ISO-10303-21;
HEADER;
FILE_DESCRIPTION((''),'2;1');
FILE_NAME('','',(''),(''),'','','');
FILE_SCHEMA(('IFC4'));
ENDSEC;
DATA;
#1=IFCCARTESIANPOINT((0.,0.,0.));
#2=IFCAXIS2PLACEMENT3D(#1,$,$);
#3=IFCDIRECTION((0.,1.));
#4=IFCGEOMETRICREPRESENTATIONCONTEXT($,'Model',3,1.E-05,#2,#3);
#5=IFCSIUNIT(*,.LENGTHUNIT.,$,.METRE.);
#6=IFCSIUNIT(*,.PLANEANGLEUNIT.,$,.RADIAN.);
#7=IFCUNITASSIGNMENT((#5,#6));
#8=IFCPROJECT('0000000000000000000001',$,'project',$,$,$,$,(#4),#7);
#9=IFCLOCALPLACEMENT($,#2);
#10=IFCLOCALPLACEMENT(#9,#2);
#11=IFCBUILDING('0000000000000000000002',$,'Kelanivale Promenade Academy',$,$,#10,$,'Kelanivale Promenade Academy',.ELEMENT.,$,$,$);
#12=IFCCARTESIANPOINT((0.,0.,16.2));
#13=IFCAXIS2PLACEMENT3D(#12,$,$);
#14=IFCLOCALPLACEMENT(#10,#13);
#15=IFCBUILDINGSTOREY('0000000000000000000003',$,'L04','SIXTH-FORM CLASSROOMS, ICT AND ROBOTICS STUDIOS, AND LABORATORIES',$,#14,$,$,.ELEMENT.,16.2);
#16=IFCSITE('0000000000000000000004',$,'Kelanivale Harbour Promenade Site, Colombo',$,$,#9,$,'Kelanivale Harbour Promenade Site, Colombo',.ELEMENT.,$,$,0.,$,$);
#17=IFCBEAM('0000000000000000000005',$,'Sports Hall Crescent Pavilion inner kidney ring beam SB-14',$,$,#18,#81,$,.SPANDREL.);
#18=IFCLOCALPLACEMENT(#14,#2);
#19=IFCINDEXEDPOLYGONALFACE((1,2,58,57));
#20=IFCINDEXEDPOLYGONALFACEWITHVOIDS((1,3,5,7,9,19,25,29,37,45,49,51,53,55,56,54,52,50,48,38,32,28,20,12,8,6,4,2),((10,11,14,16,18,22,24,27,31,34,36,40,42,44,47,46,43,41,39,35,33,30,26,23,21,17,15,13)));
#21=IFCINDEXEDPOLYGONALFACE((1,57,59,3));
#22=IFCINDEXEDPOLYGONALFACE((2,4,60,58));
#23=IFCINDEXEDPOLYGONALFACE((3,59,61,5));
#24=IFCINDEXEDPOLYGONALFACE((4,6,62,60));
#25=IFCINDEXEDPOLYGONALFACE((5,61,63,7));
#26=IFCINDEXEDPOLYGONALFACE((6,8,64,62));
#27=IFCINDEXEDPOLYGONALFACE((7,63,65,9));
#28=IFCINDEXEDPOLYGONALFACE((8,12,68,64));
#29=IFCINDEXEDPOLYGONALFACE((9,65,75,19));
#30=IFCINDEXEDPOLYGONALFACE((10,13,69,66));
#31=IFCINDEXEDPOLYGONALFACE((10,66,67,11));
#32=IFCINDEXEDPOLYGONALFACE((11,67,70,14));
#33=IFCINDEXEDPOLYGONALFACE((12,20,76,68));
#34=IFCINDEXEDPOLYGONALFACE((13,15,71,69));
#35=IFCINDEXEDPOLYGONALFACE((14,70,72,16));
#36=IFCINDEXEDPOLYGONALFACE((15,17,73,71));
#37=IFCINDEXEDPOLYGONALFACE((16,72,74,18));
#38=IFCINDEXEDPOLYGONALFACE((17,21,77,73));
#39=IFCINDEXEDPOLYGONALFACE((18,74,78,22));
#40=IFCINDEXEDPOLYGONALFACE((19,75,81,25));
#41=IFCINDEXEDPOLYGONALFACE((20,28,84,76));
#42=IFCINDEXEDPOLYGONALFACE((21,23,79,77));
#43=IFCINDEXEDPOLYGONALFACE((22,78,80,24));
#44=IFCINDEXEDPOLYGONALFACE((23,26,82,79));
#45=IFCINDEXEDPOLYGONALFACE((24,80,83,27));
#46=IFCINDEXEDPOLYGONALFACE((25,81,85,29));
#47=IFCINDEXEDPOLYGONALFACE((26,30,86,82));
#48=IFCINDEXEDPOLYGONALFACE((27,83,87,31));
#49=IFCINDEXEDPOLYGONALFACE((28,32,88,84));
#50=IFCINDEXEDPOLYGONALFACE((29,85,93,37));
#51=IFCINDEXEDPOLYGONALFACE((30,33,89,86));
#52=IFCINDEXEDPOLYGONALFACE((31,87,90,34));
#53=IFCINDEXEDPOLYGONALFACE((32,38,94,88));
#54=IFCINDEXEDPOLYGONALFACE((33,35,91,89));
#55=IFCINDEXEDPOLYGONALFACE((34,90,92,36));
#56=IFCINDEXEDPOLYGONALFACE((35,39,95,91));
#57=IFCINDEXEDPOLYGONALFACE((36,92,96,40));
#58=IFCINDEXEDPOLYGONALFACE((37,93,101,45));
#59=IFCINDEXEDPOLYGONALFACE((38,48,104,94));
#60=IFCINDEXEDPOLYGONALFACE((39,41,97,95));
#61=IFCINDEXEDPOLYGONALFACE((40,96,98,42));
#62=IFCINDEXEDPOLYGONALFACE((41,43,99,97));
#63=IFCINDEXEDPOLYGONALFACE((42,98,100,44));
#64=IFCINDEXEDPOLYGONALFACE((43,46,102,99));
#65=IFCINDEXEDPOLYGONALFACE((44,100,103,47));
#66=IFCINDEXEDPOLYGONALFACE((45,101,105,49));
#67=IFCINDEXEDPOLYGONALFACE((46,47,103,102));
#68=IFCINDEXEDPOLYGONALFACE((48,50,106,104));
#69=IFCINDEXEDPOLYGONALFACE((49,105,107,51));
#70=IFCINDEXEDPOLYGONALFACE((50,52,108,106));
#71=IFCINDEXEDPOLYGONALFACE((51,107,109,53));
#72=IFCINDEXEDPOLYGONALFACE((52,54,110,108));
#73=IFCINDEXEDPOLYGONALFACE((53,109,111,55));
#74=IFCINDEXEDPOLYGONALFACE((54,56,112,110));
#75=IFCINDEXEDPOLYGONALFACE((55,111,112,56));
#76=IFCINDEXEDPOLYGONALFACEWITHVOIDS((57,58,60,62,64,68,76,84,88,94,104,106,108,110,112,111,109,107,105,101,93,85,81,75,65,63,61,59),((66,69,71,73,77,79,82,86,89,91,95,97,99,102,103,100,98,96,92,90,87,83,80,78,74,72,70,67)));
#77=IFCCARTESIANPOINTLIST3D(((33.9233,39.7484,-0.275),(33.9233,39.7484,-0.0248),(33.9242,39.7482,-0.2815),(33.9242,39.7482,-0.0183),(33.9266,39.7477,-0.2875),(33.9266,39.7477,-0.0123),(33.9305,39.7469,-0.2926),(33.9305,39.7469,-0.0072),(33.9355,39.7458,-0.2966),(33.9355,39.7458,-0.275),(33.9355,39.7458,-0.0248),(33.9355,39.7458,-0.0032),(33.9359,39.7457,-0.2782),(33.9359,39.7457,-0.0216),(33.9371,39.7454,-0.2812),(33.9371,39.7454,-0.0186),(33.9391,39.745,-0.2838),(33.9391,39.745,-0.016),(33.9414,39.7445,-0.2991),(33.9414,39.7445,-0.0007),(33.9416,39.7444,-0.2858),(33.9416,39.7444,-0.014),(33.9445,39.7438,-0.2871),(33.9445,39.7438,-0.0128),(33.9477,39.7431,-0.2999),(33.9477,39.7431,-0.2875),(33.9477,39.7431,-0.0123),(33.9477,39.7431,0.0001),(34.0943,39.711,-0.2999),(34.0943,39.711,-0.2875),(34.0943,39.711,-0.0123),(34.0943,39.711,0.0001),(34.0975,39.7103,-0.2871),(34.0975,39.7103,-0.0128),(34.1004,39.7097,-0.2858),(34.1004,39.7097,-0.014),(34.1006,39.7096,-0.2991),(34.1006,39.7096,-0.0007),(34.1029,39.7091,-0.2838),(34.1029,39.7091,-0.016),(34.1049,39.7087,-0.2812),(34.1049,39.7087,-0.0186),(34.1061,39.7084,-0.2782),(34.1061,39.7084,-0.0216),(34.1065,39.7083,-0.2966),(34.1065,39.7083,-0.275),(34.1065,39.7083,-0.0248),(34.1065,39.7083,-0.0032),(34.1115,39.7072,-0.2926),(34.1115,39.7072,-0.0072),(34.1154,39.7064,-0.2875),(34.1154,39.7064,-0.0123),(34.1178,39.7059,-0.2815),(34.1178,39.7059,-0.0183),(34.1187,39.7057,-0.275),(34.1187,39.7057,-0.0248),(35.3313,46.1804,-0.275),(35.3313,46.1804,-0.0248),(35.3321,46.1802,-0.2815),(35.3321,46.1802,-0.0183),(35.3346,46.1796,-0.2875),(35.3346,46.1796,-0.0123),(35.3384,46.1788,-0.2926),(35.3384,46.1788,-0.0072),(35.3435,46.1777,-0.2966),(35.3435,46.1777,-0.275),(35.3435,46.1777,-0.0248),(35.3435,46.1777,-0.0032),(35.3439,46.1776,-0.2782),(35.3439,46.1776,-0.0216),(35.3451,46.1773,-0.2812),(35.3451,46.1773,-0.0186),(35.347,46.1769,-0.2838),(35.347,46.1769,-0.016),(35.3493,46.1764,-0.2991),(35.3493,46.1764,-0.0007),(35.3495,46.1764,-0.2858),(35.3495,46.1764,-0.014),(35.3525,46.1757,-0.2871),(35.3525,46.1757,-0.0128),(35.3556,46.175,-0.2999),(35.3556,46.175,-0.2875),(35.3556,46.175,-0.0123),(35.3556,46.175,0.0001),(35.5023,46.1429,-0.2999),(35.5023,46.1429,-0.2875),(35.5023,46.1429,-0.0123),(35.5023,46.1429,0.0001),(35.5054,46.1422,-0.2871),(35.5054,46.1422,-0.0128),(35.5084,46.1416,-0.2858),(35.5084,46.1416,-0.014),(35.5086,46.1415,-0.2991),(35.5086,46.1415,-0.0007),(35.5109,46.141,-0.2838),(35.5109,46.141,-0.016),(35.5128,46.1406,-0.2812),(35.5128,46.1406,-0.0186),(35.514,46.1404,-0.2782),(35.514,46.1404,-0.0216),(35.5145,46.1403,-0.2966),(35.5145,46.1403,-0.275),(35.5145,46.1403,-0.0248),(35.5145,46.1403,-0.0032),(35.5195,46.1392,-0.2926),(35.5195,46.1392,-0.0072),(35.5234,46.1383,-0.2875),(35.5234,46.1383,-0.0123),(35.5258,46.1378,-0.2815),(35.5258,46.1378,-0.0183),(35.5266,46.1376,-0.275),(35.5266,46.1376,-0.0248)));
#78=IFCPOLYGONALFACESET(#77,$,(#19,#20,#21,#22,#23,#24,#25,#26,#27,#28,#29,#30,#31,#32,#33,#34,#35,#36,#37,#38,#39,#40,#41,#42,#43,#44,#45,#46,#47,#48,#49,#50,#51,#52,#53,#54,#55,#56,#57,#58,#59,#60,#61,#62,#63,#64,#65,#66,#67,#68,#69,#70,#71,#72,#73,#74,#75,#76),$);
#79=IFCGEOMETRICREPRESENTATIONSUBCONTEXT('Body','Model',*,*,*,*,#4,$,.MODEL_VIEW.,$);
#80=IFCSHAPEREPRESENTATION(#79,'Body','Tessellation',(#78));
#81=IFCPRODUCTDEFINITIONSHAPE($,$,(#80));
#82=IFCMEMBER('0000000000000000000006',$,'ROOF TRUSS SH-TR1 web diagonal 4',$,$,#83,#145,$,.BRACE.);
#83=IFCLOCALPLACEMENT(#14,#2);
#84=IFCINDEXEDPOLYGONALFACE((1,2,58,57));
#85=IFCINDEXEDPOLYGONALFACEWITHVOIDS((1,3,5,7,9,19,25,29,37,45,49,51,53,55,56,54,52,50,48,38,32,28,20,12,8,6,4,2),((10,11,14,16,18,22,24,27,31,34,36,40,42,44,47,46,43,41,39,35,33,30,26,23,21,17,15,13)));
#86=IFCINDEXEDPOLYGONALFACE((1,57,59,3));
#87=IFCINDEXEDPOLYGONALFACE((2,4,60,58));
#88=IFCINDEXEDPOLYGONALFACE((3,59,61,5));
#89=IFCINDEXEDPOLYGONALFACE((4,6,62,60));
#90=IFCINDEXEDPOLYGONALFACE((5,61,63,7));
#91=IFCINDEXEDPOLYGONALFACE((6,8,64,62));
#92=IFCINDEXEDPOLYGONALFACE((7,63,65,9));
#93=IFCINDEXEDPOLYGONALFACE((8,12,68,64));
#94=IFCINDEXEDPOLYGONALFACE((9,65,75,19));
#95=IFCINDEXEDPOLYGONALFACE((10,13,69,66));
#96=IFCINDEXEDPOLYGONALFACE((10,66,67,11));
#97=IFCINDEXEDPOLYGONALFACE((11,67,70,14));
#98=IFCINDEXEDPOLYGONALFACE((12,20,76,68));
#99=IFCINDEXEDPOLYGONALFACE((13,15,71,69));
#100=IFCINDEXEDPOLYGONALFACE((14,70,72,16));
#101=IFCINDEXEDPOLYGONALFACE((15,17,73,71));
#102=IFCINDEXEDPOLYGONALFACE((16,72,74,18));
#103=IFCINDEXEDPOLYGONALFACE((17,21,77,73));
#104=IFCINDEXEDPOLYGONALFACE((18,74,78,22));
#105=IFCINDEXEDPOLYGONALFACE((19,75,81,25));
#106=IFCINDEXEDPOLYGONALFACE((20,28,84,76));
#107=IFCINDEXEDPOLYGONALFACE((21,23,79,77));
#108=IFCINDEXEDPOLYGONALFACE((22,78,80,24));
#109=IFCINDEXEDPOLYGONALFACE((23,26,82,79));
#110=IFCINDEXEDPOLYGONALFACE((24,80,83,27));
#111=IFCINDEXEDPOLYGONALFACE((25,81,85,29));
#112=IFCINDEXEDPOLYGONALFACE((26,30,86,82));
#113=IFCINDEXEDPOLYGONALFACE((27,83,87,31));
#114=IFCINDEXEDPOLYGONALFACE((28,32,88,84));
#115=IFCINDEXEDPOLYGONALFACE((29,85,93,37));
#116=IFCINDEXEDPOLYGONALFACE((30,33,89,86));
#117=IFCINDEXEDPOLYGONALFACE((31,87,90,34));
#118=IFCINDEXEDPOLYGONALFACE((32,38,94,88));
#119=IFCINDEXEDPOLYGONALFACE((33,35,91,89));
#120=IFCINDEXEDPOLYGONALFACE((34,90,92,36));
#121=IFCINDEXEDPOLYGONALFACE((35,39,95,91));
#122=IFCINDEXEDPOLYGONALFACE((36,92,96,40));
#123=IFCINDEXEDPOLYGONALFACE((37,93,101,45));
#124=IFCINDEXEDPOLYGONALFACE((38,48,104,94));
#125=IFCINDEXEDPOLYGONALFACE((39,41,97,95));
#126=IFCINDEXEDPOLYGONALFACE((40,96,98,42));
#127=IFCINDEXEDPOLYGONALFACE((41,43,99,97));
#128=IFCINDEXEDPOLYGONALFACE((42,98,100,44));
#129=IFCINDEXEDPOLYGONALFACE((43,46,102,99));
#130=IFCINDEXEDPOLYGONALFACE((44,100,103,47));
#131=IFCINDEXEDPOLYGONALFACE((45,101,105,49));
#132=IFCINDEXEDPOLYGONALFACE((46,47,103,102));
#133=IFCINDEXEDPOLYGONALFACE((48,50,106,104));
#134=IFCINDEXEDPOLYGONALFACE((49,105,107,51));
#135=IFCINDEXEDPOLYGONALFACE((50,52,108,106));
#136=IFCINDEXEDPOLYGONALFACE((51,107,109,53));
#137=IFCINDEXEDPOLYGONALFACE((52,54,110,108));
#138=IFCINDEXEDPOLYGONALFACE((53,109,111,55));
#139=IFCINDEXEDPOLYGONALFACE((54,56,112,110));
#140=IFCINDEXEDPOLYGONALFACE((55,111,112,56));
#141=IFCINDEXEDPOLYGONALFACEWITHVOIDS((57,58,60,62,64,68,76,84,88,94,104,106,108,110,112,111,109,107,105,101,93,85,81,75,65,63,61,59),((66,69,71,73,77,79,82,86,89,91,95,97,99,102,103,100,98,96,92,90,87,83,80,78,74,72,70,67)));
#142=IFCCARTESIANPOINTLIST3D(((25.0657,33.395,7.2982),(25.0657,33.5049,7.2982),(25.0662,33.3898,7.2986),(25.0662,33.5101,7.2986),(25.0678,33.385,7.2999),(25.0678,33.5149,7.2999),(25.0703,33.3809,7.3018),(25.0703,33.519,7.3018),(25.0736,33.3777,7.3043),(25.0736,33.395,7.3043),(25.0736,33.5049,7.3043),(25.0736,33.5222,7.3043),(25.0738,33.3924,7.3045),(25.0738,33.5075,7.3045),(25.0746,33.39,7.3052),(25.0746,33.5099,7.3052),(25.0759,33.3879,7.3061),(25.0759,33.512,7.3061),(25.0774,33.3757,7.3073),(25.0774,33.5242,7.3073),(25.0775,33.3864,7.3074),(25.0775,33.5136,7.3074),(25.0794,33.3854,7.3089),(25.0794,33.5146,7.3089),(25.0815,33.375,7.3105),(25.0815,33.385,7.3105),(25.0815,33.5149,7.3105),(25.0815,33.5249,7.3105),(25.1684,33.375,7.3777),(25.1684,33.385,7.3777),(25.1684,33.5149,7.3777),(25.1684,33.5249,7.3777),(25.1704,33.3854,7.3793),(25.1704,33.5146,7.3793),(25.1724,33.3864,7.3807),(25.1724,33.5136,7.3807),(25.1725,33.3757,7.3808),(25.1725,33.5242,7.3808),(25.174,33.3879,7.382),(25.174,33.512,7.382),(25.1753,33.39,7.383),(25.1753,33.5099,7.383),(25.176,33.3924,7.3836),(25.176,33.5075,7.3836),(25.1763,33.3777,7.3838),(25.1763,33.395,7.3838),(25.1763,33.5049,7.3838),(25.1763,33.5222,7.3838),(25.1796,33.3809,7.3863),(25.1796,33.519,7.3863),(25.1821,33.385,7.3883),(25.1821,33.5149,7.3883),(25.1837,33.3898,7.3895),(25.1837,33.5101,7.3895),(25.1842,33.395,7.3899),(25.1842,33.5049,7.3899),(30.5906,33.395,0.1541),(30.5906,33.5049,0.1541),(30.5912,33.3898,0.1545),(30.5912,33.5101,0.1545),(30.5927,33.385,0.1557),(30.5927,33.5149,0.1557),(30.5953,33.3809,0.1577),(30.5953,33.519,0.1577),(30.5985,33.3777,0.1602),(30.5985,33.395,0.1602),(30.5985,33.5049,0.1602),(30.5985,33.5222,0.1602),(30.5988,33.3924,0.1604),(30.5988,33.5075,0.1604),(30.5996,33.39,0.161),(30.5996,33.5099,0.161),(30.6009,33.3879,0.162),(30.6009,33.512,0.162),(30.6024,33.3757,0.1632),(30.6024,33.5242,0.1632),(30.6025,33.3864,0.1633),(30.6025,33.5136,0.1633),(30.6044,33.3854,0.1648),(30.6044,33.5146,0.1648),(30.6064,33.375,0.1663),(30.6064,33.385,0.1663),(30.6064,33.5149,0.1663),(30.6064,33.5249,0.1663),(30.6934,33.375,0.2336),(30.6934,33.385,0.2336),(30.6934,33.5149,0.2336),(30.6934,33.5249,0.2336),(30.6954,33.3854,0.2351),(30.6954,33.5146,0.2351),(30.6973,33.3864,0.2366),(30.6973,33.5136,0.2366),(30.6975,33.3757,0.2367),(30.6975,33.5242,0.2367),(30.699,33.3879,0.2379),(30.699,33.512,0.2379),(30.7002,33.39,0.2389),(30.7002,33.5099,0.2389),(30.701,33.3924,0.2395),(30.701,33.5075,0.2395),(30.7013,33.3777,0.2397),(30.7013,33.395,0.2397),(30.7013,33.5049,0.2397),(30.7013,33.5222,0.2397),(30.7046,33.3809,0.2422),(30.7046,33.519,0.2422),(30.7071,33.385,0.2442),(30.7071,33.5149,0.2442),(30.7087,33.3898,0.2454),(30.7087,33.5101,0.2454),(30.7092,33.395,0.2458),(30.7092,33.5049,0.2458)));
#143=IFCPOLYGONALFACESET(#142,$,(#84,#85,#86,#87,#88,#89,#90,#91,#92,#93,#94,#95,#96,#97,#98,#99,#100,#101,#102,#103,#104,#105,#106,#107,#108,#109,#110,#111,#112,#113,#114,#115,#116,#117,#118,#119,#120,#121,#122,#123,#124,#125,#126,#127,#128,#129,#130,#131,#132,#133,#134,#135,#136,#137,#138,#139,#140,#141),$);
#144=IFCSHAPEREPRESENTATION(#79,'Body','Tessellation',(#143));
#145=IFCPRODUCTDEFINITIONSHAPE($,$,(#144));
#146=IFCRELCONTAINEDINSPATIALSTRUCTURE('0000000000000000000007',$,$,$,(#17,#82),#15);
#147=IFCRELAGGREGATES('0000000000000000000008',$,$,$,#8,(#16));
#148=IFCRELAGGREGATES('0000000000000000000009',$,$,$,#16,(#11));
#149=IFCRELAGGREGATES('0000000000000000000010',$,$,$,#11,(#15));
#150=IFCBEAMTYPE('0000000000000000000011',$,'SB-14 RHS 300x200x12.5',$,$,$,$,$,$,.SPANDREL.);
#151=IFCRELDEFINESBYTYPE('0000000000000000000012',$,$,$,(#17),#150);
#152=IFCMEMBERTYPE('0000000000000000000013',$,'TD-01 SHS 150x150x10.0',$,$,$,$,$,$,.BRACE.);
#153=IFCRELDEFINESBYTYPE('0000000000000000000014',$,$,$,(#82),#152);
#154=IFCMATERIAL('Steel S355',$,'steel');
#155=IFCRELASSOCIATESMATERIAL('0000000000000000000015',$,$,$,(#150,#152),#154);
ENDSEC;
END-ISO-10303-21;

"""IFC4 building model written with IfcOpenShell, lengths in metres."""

from ifc_helpers import new_model, si_unit, direction, frame, origin, origin_2d, place, context, subcontext, project, spatial, hollow_rectangle, extrude, material, material_profile, profile_set, type_object, element, save


model = new_model("IFC4")

# Units and contexts
model_context = context("Model", 3, precision=1e-05, world=origin(), true_north=direction((0.0, 1.0)))
body_context = subcontext(model_context, "Body", "Model", "MODEL_VIEW")
ifc_project = project(units=[si_unit("LENGTHUNIT", "METRE"), si_unit("PLANEANGLEUNIT", "RADIAN")], contexts=[model_context])

# Site, building, storey
site_placement = place(None, origin())
site = spatial("IfcSite", under=ifc_project, at=site_placement, Name="Kelanivale Harbour Promenade Site, Colombo", LongName="Kelanivale Harbour Promenade Site, Colombo", CompositionType="ELEMENT", RefElevation=0.0)
building_placement = place(site_placement, origin())
building = spatial("IfcBuilding", under=site, at=building_placement, Name="Kelanivale Promenade Academy", LongName="Kelanivale Promenade Academy", CompositionType="ELEMENT")
storey_placement = place(building_placement, frame((0.0, 0.0, 16.2)))
storey = spatial("IfcBuildingStorey", under=building, at=storey_placement, Name="L04", Description="SIXTH-FORM CLASSROOMS, ICT AND ROBOTICS STUDIOS, AND LABORATORIES", CompositionType="ELEMENT", Elevation=16.2)

# Shared definitions
ifc_material_1 = material(Name="Steel S355", Category="steel")

# Beam
ifc_material_profile_1 = material_profile(ifc_material_1, hollow_rectangle(XDim=0.2, YDim=0.3, WallThickness=0.0125, InnerFilletRadius=0.0125, OuterFilletRadius=0.0249, at=origin_2d()), Name="RHS 300x200x12.5")
ifc_profile_set_1 = profile_set([ifc_material_profile_1], Name="Steel S355")
beam_type = type_object("IfcBeamType", Name="SB-14 RHS 300x200x12.5", PredefinedType="SPANDREL", material=ifc_profile_set_1)
beam_1_placement = place(storey_placement, frame((34.021, 39.7271, -0.1499), z_axis=(0.21384, 0.976869, 0.0), x_axis=(-0.976869, 0.21384, 0.0)))
element("IfcBeam", 1, at=beam_1_placement, inside=storey, type_object=beam_type, Name="Sports Hall Crescent Pavilion inner kidney ring beam SB-14", PredefinedType="SPANDREL", context=body_context, shape_type="SweptSolid", body=[
    extrude(hollow_rectangle(XDim=0.2, YDim=0.3, WallThickness=0.0125, InnerFilletRadius=0.0125, OuterFilletRadius=0.0249, at=origin_2d()), origin(), (0.0, 0.0, 1.0), 6.5842),
])

# Member
ifc_material_profile_2 = material_profile(ifc_material_1, hollow_rectangle(XDim=0.1499, YDim=0.1499, WallThickness=0.01, InnerFilletRadius=0.01, OuterFilletRadius=0.02, at=origin_2d()), Name="SHS 150x150x10.0")
ifc_profile_set_2 = profile_set([ifc_material_profile_2], Name="Steel S355")
member_type_1 = type_object("IfcMemberType", Name="TD-01 SHS 150x150x10.0", PredefinedType="BRACE", material=ifc_profile_set_2)
member_1_placement = place(storey_placement, frame((30.6499, 33.45, 0.2), z_axis=(-0.61176, 0.0, 0.791044), x_axis=(0.0, -1.0, 0.0)))
element("IfcMember", 2, at=member_1_placement, inside=storey, type_object=member_type_1, Name="ROOF TRUSS SH-TR1 web diagonal 4", PredefinedType="BRACE", context=body_context, shape_type="SweptSolid", body=[
    extrude(hollow_rectangle(XDim=0.1499, YDim=0.1499, WallThickness=0.01, InnerFilletRadius=0.01, OuterFilletRadius=0.02, at=origin_2d()), origin(), (0.0, 0.0, 1.0), 9.0312),
])

save(model, "model.ifc")
